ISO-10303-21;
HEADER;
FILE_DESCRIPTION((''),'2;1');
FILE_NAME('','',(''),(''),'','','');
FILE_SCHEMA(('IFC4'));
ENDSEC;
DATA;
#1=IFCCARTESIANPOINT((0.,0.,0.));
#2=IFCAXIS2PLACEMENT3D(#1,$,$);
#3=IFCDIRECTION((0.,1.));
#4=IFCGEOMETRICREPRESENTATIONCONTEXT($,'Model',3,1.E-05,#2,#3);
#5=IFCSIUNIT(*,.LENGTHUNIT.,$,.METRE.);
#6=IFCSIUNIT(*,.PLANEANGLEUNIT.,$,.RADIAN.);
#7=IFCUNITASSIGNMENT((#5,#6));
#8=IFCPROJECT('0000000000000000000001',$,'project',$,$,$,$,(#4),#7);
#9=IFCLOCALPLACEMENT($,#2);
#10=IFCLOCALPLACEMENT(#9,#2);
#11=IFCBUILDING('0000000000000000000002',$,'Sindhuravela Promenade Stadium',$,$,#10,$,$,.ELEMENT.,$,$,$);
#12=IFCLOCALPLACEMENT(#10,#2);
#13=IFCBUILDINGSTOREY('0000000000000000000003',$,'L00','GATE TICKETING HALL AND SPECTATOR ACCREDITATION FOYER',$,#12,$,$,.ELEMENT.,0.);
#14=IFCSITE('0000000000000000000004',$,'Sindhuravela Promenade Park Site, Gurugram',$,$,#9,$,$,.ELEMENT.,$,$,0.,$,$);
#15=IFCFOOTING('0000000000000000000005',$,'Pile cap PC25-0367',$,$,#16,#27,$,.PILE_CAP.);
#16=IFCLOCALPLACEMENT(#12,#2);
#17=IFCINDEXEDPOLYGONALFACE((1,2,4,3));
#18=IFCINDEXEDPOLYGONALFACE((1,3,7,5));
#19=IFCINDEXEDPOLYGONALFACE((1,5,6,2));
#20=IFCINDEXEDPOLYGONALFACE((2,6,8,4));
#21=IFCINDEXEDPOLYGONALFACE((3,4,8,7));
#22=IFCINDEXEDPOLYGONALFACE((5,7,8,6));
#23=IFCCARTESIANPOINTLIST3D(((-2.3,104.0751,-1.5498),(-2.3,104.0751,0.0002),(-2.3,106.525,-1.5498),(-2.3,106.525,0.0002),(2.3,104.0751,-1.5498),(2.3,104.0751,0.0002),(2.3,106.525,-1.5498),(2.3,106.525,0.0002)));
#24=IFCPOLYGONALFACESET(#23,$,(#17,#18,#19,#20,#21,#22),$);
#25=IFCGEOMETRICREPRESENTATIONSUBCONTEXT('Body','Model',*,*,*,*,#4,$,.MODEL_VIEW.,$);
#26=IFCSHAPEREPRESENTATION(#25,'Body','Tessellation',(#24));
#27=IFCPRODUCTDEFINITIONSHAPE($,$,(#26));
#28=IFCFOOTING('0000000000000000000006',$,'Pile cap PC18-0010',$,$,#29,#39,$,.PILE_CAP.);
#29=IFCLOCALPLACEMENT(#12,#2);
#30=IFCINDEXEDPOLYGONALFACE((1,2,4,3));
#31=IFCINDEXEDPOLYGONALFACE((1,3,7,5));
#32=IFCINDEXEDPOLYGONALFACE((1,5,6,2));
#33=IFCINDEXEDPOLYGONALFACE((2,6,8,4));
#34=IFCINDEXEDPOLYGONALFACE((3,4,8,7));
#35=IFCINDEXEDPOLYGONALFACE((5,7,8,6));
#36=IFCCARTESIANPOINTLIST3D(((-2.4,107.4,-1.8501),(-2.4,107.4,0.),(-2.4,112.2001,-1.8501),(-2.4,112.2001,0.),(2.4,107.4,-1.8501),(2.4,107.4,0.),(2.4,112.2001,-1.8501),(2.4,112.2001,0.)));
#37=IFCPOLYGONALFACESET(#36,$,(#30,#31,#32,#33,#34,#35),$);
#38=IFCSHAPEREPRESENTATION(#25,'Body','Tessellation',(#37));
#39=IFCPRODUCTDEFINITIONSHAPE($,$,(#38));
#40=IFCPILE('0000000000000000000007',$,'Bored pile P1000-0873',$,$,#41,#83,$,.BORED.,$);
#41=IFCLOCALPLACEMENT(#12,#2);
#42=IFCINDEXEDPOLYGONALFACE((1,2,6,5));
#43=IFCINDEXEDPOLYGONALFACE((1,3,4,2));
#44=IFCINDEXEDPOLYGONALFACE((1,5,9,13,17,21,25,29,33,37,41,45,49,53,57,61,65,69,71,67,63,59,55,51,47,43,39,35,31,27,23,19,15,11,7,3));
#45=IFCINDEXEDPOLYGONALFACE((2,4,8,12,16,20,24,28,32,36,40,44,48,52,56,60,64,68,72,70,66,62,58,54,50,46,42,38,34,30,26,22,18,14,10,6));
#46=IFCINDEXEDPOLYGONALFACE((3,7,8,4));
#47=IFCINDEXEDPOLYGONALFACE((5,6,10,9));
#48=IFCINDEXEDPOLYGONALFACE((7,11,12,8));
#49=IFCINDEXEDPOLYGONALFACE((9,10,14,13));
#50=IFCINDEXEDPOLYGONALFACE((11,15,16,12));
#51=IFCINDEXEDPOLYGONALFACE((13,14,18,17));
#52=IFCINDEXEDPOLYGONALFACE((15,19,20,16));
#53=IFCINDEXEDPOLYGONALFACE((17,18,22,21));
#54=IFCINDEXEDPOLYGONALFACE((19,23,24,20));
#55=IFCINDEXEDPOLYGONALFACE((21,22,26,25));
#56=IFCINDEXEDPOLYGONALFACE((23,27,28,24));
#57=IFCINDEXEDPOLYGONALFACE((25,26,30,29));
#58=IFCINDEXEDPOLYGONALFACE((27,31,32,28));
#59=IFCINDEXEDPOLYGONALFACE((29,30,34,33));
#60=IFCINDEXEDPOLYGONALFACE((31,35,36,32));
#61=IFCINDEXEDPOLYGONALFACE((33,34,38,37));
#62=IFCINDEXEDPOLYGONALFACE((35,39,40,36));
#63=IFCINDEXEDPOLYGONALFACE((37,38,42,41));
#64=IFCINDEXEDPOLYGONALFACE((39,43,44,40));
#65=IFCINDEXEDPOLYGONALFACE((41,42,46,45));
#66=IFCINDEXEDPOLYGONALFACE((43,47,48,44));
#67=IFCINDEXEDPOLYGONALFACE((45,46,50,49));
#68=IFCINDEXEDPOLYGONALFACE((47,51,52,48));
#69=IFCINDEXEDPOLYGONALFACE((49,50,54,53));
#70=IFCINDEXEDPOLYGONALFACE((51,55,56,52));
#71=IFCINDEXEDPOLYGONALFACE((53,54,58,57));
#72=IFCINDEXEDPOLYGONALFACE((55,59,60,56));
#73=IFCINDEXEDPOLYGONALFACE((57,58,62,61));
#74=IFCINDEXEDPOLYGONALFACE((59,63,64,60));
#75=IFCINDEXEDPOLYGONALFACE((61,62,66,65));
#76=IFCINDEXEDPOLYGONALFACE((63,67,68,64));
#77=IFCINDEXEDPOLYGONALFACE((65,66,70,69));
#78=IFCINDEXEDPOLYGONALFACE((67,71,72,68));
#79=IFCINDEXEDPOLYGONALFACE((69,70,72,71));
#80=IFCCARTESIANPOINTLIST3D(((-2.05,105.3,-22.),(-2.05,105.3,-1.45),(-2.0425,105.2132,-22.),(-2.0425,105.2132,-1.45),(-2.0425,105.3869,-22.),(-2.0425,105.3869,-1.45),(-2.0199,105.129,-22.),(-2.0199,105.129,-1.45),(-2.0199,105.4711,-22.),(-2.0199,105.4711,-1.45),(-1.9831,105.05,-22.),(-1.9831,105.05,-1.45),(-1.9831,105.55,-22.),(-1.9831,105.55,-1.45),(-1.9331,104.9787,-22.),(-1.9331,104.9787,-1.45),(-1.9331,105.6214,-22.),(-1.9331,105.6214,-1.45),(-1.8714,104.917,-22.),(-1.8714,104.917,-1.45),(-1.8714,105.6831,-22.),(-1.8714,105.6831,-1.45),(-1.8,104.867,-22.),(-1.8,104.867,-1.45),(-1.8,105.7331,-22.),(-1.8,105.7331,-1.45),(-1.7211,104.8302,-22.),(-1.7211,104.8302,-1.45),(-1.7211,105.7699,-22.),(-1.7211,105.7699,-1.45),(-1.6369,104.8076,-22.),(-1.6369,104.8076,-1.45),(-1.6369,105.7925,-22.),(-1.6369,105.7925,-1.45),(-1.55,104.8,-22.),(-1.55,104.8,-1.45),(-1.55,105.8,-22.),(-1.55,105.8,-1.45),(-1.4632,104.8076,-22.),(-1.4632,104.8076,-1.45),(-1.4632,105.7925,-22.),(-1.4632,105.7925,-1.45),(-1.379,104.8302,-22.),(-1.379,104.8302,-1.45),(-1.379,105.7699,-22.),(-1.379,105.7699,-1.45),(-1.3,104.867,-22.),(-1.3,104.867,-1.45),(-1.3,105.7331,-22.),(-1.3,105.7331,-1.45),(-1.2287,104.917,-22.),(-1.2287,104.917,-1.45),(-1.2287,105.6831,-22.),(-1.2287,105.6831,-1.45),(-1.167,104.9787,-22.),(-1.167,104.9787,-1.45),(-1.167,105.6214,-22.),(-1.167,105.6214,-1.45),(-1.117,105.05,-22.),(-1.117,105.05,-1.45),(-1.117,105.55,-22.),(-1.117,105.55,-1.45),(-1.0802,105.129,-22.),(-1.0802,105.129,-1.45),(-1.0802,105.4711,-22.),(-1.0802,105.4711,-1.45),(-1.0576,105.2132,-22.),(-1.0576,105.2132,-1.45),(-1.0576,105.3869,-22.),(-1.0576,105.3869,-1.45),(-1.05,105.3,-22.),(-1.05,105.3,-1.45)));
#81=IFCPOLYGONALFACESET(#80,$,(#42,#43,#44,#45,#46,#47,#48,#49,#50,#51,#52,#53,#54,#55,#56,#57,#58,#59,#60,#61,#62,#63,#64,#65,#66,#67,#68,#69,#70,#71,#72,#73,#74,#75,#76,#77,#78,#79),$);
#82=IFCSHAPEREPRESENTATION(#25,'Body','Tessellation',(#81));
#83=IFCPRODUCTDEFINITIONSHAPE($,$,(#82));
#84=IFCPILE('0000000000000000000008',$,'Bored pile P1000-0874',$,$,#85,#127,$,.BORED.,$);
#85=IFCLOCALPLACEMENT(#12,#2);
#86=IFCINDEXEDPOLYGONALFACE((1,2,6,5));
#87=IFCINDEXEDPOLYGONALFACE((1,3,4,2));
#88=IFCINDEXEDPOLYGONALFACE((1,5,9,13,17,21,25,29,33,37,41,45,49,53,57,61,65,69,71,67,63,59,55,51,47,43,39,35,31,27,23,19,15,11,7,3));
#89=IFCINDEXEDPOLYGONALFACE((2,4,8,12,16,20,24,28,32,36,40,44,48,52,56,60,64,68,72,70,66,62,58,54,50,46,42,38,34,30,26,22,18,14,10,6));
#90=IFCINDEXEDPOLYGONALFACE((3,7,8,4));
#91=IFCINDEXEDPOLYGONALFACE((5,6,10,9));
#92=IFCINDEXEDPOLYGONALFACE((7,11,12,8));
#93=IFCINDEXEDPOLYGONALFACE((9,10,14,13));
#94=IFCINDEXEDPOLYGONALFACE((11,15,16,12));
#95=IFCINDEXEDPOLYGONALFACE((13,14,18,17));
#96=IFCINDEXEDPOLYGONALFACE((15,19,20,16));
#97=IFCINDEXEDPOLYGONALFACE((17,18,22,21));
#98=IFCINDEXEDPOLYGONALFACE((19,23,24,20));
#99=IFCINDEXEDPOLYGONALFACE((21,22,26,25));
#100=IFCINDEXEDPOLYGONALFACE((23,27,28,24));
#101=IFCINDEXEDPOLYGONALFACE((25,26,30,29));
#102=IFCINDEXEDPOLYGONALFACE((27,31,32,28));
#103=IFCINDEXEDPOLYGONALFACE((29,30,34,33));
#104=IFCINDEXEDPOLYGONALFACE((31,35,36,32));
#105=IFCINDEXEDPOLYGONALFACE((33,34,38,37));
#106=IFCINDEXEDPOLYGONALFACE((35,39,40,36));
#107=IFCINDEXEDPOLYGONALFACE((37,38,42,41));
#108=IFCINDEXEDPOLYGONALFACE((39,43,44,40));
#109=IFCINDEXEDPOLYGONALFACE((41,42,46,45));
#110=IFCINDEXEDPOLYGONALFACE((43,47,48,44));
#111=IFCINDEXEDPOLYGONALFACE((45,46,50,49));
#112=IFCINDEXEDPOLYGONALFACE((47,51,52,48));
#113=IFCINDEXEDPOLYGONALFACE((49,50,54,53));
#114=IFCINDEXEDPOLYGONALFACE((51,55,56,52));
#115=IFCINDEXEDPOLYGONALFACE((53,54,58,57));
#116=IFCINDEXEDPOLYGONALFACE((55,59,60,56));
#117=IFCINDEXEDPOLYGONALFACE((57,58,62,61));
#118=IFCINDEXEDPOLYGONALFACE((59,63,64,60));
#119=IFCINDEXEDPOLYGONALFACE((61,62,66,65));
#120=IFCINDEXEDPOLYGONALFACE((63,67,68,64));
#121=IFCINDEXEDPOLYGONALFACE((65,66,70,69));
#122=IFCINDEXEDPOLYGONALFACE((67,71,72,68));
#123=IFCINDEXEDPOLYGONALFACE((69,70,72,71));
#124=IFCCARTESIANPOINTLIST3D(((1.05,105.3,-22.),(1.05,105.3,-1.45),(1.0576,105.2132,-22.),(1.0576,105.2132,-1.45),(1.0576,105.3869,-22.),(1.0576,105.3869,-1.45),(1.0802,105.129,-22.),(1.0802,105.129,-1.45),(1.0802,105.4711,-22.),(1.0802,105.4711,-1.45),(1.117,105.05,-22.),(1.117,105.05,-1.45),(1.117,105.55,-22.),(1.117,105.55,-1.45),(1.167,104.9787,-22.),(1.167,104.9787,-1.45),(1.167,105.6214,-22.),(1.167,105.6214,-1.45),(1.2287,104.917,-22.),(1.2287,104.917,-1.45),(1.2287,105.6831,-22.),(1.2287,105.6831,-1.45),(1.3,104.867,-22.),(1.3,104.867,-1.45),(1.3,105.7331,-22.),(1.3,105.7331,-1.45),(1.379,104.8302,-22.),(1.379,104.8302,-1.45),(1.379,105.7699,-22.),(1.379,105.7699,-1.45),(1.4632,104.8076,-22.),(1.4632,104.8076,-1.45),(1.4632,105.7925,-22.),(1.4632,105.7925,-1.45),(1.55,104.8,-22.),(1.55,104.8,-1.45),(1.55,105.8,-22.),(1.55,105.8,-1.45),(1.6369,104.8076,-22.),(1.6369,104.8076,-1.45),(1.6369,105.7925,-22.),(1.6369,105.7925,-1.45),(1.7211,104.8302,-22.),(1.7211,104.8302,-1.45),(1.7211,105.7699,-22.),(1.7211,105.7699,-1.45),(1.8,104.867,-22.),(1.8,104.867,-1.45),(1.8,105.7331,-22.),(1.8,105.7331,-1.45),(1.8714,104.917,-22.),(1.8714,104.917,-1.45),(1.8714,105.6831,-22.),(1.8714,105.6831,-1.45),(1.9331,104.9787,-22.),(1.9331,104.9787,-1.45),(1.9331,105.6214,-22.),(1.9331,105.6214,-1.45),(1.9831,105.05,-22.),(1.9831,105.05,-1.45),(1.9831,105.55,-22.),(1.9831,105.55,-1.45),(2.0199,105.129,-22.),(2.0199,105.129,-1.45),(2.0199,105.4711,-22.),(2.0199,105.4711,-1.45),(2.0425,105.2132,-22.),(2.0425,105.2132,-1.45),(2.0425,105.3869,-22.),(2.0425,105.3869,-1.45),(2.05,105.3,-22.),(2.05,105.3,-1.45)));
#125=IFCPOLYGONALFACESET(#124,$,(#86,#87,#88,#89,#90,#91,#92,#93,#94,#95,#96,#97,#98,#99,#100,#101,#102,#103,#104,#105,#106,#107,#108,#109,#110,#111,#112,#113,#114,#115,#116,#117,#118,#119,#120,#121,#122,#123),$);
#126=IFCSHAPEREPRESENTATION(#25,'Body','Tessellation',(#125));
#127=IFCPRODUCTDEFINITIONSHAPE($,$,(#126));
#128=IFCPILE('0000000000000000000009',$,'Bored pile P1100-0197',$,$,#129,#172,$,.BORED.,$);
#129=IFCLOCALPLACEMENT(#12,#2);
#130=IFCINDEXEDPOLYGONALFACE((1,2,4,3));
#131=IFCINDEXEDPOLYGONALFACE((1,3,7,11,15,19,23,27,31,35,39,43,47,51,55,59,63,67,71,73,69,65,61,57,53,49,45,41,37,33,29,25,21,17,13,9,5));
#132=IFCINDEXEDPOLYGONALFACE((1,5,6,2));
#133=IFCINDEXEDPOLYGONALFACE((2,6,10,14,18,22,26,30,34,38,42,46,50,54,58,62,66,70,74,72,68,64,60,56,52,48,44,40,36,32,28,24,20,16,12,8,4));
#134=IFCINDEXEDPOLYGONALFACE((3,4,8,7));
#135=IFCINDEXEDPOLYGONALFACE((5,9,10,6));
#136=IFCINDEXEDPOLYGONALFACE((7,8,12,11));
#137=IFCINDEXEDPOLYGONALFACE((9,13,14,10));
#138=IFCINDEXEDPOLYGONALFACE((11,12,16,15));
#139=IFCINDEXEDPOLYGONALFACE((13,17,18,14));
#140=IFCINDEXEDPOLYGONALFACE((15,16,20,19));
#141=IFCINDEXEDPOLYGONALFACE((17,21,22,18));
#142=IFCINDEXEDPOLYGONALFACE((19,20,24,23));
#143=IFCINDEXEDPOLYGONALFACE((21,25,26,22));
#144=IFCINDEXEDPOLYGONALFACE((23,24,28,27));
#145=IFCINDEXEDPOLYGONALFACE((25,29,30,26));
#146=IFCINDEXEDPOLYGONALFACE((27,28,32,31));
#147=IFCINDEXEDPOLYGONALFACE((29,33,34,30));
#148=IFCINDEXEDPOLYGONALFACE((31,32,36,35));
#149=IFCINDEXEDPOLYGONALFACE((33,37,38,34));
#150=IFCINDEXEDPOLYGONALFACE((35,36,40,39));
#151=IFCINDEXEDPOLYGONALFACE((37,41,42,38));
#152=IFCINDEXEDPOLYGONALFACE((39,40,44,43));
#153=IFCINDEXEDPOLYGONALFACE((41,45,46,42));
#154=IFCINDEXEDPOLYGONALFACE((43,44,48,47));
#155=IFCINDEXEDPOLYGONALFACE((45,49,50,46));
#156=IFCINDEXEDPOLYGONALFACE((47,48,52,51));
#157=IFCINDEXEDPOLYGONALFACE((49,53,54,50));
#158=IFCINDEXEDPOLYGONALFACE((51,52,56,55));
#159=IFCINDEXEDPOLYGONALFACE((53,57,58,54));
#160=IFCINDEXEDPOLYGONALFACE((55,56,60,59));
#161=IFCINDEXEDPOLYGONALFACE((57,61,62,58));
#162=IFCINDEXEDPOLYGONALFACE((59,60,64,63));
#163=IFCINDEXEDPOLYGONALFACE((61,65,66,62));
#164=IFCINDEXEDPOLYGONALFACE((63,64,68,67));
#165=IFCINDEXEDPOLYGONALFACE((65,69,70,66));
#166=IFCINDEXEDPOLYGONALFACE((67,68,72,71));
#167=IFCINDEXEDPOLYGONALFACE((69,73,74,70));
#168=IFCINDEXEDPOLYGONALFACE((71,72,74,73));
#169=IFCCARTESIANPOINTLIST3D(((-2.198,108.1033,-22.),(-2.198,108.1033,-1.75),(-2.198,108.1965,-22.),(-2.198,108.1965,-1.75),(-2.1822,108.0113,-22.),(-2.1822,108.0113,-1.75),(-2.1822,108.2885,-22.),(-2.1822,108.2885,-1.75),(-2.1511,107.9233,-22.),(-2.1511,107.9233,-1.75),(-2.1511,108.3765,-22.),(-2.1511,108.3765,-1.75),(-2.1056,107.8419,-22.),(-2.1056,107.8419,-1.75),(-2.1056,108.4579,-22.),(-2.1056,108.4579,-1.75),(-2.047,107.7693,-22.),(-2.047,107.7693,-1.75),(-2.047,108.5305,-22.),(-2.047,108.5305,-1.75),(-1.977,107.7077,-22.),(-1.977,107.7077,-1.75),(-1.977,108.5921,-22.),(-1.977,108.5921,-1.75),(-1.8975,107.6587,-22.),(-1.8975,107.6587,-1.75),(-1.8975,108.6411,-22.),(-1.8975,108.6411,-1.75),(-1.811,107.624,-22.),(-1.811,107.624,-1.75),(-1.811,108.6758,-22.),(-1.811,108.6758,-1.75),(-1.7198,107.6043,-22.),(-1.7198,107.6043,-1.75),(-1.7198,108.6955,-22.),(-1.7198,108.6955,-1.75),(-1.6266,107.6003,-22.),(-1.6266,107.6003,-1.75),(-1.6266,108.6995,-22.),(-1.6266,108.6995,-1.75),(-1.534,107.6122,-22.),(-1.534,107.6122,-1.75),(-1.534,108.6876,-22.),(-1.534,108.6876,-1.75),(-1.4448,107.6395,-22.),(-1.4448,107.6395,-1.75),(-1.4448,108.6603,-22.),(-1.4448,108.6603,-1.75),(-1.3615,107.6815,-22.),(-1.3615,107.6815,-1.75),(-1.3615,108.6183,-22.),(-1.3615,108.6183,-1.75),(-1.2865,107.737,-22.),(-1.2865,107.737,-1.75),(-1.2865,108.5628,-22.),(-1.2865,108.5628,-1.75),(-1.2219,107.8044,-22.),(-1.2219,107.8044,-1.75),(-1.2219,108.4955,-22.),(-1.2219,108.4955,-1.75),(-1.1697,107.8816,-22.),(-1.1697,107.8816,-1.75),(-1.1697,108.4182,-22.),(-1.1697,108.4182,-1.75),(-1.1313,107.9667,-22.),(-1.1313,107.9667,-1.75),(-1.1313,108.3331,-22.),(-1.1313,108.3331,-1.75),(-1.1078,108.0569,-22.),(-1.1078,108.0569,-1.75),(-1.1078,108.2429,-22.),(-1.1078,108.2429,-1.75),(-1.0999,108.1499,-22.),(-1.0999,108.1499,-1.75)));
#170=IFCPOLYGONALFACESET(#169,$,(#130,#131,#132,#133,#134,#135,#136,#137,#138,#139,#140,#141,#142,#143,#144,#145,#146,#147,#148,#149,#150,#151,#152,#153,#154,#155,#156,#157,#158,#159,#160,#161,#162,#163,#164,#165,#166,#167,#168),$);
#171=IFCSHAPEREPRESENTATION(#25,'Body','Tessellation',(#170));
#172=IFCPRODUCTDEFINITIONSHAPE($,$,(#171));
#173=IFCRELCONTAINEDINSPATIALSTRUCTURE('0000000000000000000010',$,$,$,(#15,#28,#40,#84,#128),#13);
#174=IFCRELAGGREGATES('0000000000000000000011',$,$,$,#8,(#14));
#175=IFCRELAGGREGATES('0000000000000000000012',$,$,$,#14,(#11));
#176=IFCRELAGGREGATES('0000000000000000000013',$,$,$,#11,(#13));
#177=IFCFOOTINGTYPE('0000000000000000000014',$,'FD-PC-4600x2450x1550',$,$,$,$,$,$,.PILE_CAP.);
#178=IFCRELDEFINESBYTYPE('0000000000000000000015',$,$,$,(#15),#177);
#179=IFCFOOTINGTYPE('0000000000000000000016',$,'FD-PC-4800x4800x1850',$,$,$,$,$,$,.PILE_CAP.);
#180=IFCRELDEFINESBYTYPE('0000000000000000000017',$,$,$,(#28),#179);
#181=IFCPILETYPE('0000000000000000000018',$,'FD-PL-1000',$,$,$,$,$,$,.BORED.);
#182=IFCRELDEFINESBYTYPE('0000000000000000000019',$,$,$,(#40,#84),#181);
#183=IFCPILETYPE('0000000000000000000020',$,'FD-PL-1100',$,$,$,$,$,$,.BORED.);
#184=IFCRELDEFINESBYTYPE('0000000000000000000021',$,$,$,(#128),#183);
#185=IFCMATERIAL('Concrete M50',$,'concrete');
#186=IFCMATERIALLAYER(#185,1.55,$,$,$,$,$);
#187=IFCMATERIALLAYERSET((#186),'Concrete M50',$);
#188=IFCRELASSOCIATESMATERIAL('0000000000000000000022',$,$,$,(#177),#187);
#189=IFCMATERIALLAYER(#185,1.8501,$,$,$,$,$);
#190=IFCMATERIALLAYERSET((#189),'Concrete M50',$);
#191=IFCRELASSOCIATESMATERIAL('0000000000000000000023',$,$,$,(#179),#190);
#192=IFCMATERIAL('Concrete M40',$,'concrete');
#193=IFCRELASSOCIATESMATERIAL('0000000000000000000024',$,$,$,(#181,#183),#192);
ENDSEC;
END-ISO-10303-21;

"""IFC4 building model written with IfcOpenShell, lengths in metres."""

from ifc_helpers import new_model, si_unit, direction, frame, origin, origin_2d, place, context, subcontext, project, spatial, rectangle, circle, extrude, material, layer, layer_set, material_profile, profile_set, type_object, element, save


model = new_model("IFC4")

# Units and contexts
model_context = context("Model", 3, precision=1e-05, world=origin(), true_north=direction((0.0, 1.0)))
body_context = subcontext(model_context, "Body", "Model", "MODEL_VIEW")
ifc_project = project(units=[si_unit("LENGTHUNIT", "METRE"), si_unit("PLANEANGLEUNIT", "RADIAN")], contexts=[model_context])

# Site, building, storey
site_placement = place(None, origin())
site = spatial("IfcSite", under=ifc_project, at=site_placement, Name="Sindhuravela Promenade Park Site, Gurugram", CompositionType="ELEMENT", RefElevation=0.0)
building_placement = place(site_placement, origin())
building = spatial("IfcBuilding", under=site, at=building_placement, Name="Sindhuravela Promenade Stadium", CompositionType="ELEMENT")
storey_placement = place(building_placement, origin())
storey = spatial("IfcBuildingStorey", under=building, at=storey_placement, Name="L00", Description="GATE TICKETING HALL AND SPECTATOR ACCREDITATION FOYER", CompositionType="ELEMENT", Elevation=0.0)

# Footings
ifc_material_1 = material(Name="Concrete M50", Category="concrete")
ifc_layer_1 = layer(ifc_material_1, 1.55)
ifc_layer_set_1 = layer_set([ifc_layer_1], Name="Concrete M50")
footing_type_1 = type_object("IfcFootingType", Name="FD-PC-4600x2450x1550", PredefinedType="PILE_CAP", material=ifc_layer_set_1)
footing_1_placement = place(storey_placement, frame((0.0, 105.3, -1.5498), z_axis=(0.0, 0.0, 1.0), x_axis=(1.0, 0.0, 0.0)))
element("IfcFooting", 1, at=footing_1_placement, inside=storey, type_object=footing_type_1, Name="Pile cap PC25-0367", PredefinedType="PILE_CAP", context=body_context, shape_type="SweptSolid", body=[
    extrude(rectangle(XDim=4.6001, YDim=2.45, at=origin_2d()), origin(), (0.0, 0.0, 1.0), 1.55),
])
ifc_layer_2 = layer(ifc_material_1, 1.8501)
ifc_layer_set_2 = layer_set([ifc_layer_2], Name="Concrete M50")
footing_type_2 = type_object("IfcFootingType", Name="FD-PC-4800x4800x1850", PredefinedType="PILE_CAP", material=ifc_layer_set_2)
footing_2_placement = place(storey_placement, frame((0.0, 109.8, -1.8501), z_axis=(0.0, 0.0, 1.0), x_axis=(1.0, 0.0, 0.0)))
element("IfcFooting", 2, at=footing_2_placement, inside=storey, type_object=footing_type_2, Name="Pile cap PC18-0010", PredefinedType="PILE_CAP", context=body_context, shape_type="SweptSolid", body=[
    extrude(rectangle(XDim=4.8, YDim=4.8, at=origin_2d()), origin(), (0.0, 0.0, 1.0), 1.8501),
])

# Piles
ifc_material_2 = material(Name="Concrete M40", Category="concrete")
ifc_material_profile_1 = material_profile(ifc_material_2, circle(Radius=0.5, at=origin_2d()), Name="BORED PILE D1000")
ifc_profile_set_1 = profile_set([ifc_material_profile_1], Name="Concrete M40")
pile_type_1 = type_object("IfcPileType", Name="FD-PL-1000", PredefinedType="BORED", material=ifc_profile_set_1)
for number, where, z_axis, x_axis, name in (
    (3, (-1.55, 105.3, -1.45), (0.0, 0.0, -1.0), (1.0, 0.0, 0.0), "Bored pile P1000-0873"),
    (4, (1.55, 105.3, -1.45), (0.0, 0.0, -1.0), (1.0, 0.0, 0.0), "Bored pile P1000-0874"),
):
    element("IfcPile", number, at=place(storey_placement, frame(where, z_axis=z_axis, x_axis=x_axis)), inside=storey, type_object=pile_type_1, Name=name, PredefinedType="BORED", context=body_context, shape_type="SweptSolid", body=[
        extrude(circle(Radius=0.5, at=origin_2d()), origin(), (0.0, 0.0, 1.0), 20.55),
    ])
ifc_material_profile_2 = material_profile(ifc_material_2, circle(Radius=0.55, at=origin_2d()), Name="BORED PILE D1100")
ifc_profile_set_2 = profile_set([ifc_material_profile_2], Name="Concrete M40")
pile_type_2 = type_object("IfcPileType", Name="FD-PL-1100", PredefinedType="BORED", material=ifc_profile_set_2)
for number, where, z_axis, x_axis, name in (
    (5, (-1.6499, 108.1499, -1.75), (0.0, 0.0, -1.0), (1.0, 0.0, 0.0), "Bored pile P1100-0197"),
):
    element("IfcPile", number, at=place(storey_placement, frame(where, z_axis=z_axis, x_axis=x_axis)), inside=storey, type_object=pile_type_2, Name=name, PredefinedType="BORED", context=body_context, shape_type="SweptSolid", body=[
        extrude(circle(Radius=0.55, at=origin_2d()), origin(), (0.0, 0.0, 1.0), 20.25),
    ])

save(model, "model.ifc")
